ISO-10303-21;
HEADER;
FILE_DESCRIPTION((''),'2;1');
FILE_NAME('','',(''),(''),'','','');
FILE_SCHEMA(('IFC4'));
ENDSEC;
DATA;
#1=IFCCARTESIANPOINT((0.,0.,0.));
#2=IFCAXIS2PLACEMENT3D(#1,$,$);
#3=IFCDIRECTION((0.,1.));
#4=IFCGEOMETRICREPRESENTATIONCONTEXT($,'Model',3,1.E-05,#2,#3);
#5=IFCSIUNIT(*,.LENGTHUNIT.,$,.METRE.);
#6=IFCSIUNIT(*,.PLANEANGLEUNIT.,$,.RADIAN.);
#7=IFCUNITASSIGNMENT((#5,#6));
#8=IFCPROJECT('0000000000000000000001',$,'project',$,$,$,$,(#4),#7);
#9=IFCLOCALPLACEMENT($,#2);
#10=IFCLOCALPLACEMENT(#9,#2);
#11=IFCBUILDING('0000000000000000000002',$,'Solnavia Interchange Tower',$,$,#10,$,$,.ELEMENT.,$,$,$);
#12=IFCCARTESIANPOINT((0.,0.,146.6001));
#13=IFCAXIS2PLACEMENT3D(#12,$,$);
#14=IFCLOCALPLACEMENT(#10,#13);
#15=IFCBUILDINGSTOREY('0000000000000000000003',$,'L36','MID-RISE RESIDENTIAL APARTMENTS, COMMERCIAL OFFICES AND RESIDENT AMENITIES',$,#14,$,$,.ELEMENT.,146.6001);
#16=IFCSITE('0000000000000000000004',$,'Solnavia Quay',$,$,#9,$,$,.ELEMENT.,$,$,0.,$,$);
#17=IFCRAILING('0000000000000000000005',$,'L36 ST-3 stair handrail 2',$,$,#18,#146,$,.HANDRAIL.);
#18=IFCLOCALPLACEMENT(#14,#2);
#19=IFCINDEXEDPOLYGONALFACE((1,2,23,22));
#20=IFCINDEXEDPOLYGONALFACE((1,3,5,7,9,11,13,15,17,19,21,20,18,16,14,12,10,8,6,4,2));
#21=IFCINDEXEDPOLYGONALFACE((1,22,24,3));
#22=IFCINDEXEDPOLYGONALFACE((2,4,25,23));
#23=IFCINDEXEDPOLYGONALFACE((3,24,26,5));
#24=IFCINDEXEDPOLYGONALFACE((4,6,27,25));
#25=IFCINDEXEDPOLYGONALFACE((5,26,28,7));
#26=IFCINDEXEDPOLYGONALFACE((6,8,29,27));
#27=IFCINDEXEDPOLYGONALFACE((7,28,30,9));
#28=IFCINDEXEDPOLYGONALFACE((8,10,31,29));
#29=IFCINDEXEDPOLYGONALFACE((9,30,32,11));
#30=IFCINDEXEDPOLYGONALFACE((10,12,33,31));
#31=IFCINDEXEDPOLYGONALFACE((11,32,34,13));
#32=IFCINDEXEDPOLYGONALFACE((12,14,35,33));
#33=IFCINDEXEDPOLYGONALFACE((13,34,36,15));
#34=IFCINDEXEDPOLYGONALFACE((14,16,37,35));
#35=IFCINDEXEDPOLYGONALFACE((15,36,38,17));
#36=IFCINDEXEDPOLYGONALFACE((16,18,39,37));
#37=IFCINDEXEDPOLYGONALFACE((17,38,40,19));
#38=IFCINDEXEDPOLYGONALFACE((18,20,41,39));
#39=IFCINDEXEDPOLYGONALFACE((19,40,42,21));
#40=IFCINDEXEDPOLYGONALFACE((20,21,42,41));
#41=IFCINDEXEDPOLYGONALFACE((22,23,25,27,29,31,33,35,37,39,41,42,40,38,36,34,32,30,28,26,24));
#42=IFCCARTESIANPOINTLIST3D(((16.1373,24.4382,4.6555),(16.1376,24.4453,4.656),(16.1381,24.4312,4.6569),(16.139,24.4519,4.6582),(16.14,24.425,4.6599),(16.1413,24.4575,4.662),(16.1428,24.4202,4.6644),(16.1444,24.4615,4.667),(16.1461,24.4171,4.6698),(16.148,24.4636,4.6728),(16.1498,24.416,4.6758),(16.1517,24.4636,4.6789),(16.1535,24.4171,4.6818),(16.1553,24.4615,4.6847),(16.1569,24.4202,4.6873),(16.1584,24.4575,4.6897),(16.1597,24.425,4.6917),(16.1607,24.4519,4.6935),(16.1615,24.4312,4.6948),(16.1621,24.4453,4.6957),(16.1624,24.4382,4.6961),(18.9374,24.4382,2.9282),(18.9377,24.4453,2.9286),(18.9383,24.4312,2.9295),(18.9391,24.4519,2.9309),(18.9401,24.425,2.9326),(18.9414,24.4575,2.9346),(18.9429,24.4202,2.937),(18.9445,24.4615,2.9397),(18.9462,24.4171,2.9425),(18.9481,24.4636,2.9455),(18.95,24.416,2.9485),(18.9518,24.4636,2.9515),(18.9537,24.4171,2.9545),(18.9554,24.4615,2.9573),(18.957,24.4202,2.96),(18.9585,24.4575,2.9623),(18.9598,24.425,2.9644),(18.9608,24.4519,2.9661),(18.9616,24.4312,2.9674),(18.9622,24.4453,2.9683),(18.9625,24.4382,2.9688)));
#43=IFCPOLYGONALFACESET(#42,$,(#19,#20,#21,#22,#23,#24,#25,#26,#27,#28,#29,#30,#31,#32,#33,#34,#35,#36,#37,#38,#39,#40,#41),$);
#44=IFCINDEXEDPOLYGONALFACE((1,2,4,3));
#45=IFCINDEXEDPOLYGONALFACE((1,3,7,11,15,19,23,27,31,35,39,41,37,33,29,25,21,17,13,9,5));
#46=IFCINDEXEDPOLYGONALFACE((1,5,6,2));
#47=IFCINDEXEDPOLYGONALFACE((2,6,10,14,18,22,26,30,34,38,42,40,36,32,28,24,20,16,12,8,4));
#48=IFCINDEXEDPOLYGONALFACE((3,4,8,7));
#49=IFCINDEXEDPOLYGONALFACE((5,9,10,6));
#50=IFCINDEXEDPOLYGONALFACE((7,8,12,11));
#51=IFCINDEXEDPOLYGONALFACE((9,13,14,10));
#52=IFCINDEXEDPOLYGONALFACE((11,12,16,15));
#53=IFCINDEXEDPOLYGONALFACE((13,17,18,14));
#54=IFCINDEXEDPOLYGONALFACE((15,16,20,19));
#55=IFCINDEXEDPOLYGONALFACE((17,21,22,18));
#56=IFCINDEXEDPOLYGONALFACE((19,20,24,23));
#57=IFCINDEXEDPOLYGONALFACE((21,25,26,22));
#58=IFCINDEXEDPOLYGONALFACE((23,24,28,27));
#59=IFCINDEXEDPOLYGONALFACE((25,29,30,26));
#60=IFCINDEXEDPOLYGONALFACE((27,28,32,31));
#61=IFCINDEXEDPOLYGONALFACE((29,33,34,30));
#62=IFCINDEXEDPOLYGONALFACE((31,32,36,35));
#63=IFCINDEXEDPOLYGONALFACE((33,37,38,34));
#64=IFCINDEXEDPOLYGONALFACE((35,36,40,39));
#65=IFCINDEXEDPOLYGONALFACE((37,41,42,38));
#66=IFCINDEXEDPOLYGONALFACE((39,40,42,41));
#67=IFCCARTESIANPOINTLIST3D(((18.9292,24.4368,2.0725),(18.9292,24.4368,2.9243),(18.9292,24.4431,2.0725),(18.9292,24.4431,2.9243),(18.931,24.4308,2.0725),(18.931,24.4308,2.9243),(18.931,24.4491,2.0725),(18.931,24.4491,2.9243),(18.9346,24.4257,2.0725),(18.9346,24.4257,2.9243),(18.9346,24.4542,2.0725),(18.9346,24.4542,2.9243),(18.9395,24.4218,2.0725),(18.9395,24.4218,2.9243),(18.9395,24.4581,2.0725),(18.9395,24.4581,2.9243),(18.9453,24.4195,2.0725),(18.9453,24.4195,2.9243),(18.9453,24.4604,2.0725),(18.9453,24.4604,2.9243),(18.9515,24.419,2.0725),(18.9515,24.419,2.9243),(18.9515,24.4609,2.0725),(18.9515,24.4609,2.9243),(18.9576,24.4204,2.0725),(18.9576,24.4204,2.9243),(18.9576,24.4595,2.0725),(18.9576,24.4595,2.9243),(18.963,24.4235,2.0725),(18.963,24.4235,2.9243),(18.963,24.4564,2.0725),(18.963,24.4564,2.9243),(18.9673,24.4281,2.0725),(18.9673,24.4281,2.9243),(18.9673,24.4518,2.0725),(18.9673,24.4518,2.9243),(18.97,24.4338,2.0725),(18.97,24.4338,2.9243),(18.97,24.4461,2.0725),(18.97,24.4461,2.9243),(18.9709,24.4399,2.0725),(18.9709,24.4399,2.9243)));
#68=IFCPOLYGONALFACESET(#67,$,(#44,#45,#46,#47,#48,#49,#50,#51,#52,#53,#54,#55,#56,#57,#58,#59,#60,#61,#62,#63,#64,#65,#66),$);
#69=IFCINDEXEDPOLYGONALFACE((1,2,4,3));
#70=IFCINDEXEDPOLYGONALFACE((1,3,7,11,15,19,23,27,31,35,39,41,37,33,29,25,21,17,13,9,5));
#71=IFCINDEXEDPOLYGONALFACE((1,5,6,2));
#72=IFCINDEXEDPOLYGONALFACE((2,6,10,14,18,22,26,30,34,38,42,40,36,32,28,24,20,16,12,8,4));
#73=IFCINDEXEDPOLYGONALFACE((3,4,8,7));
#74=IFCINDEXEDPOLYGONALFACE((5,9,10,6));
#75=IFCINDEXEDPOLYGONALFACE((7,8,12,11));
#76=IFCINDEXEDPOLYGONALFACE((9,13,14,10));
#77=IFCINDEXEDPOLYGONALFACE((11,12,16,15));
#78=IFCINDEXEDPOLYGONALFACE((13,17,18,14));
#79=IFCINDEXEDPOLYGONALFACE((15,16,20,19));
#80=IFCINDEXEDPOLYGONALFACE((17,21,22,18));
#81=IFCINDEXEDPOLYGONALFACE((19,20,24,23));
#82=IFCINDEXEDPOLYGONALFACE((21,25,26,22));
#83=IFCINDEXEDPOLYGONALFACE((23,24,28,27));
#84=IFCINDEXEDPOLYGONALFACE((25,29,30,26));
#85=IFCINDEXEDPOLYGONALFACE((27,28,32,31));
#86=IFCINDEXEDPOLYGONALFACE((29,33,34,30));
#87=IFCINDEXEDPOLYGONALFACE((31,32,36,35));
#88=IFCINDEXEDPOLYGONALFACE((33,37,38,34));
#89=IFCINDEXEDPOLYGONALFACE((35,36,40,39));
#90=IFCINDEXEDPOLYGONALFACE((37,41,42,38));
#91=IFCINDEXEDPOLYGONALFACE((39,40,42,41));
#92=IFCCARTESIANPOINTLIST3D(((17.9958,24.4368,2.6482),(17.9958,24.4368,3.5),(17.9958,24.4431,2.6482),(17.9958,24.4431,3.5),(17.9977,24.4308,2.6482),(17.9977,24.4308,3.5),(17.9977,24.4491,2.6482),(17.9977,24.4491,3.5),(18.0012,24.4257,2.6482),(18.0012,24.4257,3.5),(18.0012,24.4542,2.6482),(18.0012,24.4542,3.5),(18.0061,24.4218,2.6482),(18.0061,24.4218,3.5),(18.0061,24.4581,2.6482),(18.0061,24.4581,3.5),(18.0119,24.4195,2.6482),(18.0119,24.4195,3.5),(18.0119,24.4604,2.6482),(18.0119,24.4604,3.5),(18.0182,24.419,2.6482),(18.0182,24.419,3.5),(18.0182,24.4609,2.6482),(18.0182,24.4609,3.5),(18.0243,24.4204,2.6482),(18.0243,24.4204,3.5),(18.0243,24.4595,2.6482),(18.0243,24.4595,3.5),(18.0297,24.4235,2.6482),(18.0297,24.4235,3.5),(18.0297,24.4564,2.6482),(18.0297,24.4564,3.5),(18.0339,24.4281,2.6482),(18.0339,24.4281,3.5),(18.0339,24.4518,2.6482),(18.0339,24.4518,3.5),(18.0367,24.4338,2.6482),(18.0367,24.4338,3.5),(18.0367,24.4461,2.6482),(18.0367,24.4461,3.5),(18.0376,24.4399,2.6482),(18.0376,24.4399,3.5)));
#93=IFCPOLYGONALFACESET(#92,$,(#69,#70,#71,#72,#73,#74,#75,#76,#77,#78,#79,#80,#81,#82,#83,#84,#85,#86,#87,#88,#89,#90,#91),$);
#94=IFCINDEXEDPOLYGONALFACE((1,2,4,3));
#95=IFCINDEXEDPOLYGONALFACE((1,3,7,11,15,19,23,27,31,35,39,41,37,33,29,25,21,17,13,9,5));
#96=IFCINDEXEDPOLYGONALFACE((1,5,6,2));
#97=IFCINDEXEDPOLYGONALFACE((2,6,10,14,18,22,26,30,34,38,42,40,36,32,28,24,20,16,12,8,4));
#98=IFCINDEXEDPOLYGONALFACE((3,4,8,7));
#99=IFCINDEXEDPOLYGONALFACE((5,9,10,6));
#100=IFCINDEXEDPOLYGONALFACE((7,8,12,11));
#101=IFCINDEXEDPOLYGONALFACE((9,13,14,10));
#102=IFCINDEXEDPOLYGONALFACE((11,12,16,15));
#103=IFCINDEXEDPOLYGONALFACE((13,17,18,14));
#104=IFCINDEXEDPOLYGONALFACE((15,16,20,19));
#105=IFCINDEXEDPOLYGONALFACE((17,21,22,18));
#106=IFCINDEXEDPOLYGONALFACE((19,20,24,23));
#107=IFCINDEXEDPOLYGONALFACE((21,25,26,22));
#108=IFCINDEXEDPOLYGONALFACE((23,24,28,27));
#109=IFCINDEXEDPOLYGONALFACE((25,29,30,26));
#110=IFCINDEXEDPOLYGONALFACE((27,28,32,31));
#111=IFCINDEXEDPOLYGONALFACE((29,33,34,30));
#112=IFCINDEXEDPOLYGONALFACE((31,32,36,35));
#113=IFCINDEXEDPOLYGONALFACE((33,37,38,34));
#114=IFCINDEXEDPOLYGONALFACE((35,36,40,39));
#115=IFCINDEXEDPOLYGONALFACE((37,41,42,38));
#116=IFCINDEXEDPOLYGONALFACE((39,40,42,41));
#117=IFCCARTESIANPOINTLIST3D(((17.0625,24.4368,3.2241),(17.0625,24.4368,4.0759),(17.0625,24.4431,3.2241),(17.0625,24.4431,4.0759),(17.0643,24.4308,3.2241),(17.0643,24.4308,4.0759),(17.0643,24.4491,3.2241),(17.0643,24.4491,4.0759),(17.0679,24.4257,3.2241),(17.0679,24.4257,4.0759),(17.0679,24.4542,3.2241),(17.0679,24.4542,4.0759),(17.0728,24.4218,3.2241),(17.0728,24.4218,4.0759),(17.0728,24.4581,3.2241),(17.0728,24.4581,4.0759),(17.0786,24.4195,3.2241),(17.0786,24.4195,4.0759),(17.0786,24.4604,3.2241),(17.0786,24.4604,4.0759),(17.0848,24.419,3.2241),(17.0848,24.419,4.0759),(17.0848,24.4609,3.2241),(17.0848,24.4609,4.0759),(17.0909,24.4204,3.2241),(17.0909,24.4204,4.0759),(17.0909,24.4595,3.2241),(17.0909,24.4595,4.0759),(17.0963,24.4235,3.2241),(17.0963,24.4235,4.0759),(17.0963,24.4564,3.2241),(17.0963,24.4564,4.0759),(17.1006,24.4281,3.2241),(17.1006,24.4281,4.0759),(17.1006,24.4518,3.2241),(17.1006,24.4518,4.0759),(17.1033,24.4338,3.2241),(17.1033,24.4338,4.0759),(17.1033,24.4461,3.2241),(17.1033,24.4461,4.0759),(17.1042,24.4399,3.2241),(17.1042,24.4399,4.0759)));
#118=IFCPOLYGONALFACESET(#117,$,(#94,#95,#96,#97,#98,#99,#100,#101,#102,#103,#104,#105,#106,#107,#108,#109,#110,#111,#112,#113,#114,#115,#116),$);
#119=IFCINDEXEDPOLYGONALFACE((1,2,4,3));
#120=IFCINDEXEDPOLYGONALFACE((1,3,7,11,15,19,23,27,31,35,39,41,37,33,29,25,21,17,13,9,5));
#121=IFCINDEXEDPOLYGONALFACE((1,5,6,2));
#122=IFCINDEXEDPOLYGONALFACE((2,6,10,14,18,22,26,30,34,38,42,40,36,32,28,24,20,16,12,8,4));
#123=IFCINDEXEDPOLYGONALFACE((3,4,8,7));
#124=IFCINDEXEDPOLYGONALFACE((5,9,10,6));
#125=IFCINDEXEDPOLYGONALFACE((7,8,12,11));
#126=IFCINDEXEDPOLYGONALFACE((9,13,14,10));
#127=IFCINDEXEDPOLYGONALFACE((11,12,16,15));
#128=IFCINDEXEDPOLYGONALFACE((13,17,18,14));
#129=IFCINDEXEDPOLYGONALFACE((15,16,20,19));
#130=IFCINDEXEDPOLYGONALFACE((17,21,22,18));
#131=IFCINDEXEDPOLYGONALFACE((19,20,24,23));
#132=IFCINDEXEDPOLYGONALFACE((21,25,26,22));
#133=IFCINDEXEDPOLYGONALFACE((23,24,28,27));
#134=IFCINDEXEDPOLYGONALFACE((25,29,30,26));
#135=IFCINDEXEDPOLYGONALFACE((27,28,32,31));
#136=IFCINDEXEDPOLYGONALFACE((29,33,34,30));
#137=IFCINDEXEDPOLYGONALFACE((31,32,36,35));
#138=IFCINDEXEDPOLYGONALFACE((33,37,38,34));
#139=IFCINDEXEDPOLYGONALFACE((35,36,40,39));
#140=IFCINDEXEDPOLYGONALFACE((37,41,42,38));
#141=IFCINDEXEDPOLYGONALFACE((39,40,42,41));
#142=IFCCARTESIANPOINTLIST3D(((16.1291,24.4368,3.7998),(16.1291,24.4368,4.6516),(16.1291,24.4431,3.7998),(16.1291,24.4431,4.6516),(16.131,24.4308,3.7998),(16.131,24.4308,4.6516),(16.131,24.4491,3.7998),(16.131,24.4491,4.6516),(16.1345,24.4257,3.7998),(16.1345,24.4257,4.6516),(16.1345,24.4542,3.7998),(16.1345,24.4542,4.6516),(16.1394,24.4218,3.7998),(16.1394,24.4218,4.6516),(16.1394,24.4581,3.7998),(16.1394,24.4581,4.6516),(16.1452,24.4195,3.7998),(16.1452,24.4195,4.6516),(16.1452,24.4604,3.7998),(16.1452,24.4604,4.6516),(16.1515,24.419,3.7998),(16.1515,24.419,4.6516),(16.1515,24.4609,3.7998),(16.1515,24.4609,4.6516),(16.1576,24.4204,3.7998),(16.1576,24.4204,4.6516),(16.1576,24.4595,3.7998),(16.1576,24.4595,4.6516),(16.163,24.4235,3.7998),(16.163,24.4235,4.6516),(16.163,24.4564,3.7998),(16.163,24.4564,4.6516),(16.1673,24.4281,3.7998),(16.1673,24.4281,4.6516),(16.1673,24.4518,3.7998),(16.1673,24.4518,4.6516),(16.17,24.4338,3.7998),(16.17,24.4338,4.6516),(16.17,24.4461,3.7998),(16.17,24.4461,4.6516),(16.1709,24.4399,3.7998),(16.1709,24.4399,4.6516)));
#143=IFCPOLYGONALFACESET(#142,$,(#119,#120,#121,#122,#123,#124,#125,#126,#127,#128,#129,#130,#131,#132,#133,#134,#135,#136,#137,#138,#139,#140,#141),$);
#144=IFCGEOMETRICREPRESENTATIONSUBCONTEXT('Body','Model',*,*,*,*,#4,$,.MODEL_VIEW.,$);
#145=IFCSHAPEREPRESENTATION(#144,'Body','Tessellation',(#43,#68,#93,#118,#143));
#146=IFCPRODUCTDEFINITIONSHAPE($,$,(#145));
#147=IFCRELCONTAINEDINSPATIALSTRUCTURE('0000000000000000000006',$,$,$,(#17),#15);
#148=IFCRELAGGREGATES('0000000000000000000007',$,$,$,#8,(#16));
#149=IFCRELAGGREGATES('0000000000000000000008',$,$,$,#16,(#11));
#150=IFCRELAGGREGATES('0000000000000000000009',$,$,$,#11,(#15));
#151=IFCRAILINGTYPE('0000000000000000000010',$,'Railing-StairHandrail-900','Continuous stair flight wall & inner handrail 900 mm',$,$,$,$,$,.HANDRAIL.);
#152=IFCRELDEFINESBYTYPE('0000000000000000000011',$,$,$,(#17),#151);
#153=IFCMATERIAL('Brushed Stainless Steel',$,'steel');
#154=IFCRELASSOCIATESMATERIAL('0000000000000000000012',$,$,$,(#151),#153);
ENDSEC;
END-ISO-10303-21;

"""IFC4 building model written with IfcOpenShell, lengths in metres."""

from ifc_helpers import new_model, si_unit, direction, frame, origin, origin_2d, place, context, subcontext, project, spatial, circle, extrude, material, type_object, element, save


model = new_model("IFC4")

# Units and contexts
model_context = context("Model", 3, precision=1e-05, world=origin(), true_north=direction((0.0, 1.0)))
body_context = subcontext(model_context, "Body", "Model", "MODEL_VIEW")
ifc_project = project(units=[si_unit("LENGTHUNIT", "METRE"), si_unit("PLANEANGLEUNIT", "RADIAN")], contexts=[model_context])

# Site, building, storey
site_placement = place(None, origin())
site = spatial("IfcSite", under=ifc_project, at=site_placement, Name="Solnavia Quay", CompositionType="ELEMENT", RefElevation=0.0)
building_placement = place(site_placement, origin())
building = spatial("IfcBuilding", under=site, at=building_placement, Name="Solnavia Interchange Tower", CompositionType="ELEMENT")
storey_placement = place(building_placement, frame((0.0, 0.0, 146.6001)))
storey = spatial("IfcBuildingStorey", under=building, at=storey_placement, Name="L36", Description="MID-RISE RESIDENTIAL APARTMENTS, COMMERCIAL OFFICES AND RESIDENT AMENITIES", CompositionType="ELEMENT", Elevation=146.6001)

# Railing
ifc_material_1 = material(Name="Brushed Stainless Steel", Category="steel")
railing_type_1 = type_object("IfcRailingType", Name="Railing-StairHandrail-900", Description="Continuous stair flight wall & inner handrail 900 mm", PredefinedType="HANDRAIL", material=ifc_material_1)
railing_1_placement = place(storey_placement, frame((18.95, 24.4399, 2.0725)))
element("IfcRailing", 1, at=railing_1_placement, inside=storey, type_object=railing_type_1, Name="L36 ST-3 stair handrail 2", PredefinedType="HANDRAIL", context=body_context, shape_type="SweptSolid", body=[
    extrude(circle(Radius=0.0239, at=origin_2d()), frame((0.0, 0.0, 0.876), z_axis=(-0.85109, 0.0, 0.52502), x_axis=(0.0, -1.0, 0.0)), (0.0, 0.0, 1.0), 3.29),
    extrude(circle(Radius=0.021, at=origin_2d()), origin(), (0.0, 0.0, 1.0), 0.8518),
    extrude(circle(Radius=0.021, at=origin_2d()), frame((-0.9333, 0.0, 0.5757)), (0.0, 0.0, 1.0), 0.8518),
    extrude(circle(Radius=0.021, at=origin_2d()), frame((-1.8667, 0.0, 1.1516)), (0.0, 0.0, 1.0), 0.8518),
    extrude(circle(Radius=0.021, at=origin_2d()), frame((-2.8, 0.0, 1.7273)), (0.0, 0.0, 1.0), 0.8518),
])

save(model, "model.ifc")
